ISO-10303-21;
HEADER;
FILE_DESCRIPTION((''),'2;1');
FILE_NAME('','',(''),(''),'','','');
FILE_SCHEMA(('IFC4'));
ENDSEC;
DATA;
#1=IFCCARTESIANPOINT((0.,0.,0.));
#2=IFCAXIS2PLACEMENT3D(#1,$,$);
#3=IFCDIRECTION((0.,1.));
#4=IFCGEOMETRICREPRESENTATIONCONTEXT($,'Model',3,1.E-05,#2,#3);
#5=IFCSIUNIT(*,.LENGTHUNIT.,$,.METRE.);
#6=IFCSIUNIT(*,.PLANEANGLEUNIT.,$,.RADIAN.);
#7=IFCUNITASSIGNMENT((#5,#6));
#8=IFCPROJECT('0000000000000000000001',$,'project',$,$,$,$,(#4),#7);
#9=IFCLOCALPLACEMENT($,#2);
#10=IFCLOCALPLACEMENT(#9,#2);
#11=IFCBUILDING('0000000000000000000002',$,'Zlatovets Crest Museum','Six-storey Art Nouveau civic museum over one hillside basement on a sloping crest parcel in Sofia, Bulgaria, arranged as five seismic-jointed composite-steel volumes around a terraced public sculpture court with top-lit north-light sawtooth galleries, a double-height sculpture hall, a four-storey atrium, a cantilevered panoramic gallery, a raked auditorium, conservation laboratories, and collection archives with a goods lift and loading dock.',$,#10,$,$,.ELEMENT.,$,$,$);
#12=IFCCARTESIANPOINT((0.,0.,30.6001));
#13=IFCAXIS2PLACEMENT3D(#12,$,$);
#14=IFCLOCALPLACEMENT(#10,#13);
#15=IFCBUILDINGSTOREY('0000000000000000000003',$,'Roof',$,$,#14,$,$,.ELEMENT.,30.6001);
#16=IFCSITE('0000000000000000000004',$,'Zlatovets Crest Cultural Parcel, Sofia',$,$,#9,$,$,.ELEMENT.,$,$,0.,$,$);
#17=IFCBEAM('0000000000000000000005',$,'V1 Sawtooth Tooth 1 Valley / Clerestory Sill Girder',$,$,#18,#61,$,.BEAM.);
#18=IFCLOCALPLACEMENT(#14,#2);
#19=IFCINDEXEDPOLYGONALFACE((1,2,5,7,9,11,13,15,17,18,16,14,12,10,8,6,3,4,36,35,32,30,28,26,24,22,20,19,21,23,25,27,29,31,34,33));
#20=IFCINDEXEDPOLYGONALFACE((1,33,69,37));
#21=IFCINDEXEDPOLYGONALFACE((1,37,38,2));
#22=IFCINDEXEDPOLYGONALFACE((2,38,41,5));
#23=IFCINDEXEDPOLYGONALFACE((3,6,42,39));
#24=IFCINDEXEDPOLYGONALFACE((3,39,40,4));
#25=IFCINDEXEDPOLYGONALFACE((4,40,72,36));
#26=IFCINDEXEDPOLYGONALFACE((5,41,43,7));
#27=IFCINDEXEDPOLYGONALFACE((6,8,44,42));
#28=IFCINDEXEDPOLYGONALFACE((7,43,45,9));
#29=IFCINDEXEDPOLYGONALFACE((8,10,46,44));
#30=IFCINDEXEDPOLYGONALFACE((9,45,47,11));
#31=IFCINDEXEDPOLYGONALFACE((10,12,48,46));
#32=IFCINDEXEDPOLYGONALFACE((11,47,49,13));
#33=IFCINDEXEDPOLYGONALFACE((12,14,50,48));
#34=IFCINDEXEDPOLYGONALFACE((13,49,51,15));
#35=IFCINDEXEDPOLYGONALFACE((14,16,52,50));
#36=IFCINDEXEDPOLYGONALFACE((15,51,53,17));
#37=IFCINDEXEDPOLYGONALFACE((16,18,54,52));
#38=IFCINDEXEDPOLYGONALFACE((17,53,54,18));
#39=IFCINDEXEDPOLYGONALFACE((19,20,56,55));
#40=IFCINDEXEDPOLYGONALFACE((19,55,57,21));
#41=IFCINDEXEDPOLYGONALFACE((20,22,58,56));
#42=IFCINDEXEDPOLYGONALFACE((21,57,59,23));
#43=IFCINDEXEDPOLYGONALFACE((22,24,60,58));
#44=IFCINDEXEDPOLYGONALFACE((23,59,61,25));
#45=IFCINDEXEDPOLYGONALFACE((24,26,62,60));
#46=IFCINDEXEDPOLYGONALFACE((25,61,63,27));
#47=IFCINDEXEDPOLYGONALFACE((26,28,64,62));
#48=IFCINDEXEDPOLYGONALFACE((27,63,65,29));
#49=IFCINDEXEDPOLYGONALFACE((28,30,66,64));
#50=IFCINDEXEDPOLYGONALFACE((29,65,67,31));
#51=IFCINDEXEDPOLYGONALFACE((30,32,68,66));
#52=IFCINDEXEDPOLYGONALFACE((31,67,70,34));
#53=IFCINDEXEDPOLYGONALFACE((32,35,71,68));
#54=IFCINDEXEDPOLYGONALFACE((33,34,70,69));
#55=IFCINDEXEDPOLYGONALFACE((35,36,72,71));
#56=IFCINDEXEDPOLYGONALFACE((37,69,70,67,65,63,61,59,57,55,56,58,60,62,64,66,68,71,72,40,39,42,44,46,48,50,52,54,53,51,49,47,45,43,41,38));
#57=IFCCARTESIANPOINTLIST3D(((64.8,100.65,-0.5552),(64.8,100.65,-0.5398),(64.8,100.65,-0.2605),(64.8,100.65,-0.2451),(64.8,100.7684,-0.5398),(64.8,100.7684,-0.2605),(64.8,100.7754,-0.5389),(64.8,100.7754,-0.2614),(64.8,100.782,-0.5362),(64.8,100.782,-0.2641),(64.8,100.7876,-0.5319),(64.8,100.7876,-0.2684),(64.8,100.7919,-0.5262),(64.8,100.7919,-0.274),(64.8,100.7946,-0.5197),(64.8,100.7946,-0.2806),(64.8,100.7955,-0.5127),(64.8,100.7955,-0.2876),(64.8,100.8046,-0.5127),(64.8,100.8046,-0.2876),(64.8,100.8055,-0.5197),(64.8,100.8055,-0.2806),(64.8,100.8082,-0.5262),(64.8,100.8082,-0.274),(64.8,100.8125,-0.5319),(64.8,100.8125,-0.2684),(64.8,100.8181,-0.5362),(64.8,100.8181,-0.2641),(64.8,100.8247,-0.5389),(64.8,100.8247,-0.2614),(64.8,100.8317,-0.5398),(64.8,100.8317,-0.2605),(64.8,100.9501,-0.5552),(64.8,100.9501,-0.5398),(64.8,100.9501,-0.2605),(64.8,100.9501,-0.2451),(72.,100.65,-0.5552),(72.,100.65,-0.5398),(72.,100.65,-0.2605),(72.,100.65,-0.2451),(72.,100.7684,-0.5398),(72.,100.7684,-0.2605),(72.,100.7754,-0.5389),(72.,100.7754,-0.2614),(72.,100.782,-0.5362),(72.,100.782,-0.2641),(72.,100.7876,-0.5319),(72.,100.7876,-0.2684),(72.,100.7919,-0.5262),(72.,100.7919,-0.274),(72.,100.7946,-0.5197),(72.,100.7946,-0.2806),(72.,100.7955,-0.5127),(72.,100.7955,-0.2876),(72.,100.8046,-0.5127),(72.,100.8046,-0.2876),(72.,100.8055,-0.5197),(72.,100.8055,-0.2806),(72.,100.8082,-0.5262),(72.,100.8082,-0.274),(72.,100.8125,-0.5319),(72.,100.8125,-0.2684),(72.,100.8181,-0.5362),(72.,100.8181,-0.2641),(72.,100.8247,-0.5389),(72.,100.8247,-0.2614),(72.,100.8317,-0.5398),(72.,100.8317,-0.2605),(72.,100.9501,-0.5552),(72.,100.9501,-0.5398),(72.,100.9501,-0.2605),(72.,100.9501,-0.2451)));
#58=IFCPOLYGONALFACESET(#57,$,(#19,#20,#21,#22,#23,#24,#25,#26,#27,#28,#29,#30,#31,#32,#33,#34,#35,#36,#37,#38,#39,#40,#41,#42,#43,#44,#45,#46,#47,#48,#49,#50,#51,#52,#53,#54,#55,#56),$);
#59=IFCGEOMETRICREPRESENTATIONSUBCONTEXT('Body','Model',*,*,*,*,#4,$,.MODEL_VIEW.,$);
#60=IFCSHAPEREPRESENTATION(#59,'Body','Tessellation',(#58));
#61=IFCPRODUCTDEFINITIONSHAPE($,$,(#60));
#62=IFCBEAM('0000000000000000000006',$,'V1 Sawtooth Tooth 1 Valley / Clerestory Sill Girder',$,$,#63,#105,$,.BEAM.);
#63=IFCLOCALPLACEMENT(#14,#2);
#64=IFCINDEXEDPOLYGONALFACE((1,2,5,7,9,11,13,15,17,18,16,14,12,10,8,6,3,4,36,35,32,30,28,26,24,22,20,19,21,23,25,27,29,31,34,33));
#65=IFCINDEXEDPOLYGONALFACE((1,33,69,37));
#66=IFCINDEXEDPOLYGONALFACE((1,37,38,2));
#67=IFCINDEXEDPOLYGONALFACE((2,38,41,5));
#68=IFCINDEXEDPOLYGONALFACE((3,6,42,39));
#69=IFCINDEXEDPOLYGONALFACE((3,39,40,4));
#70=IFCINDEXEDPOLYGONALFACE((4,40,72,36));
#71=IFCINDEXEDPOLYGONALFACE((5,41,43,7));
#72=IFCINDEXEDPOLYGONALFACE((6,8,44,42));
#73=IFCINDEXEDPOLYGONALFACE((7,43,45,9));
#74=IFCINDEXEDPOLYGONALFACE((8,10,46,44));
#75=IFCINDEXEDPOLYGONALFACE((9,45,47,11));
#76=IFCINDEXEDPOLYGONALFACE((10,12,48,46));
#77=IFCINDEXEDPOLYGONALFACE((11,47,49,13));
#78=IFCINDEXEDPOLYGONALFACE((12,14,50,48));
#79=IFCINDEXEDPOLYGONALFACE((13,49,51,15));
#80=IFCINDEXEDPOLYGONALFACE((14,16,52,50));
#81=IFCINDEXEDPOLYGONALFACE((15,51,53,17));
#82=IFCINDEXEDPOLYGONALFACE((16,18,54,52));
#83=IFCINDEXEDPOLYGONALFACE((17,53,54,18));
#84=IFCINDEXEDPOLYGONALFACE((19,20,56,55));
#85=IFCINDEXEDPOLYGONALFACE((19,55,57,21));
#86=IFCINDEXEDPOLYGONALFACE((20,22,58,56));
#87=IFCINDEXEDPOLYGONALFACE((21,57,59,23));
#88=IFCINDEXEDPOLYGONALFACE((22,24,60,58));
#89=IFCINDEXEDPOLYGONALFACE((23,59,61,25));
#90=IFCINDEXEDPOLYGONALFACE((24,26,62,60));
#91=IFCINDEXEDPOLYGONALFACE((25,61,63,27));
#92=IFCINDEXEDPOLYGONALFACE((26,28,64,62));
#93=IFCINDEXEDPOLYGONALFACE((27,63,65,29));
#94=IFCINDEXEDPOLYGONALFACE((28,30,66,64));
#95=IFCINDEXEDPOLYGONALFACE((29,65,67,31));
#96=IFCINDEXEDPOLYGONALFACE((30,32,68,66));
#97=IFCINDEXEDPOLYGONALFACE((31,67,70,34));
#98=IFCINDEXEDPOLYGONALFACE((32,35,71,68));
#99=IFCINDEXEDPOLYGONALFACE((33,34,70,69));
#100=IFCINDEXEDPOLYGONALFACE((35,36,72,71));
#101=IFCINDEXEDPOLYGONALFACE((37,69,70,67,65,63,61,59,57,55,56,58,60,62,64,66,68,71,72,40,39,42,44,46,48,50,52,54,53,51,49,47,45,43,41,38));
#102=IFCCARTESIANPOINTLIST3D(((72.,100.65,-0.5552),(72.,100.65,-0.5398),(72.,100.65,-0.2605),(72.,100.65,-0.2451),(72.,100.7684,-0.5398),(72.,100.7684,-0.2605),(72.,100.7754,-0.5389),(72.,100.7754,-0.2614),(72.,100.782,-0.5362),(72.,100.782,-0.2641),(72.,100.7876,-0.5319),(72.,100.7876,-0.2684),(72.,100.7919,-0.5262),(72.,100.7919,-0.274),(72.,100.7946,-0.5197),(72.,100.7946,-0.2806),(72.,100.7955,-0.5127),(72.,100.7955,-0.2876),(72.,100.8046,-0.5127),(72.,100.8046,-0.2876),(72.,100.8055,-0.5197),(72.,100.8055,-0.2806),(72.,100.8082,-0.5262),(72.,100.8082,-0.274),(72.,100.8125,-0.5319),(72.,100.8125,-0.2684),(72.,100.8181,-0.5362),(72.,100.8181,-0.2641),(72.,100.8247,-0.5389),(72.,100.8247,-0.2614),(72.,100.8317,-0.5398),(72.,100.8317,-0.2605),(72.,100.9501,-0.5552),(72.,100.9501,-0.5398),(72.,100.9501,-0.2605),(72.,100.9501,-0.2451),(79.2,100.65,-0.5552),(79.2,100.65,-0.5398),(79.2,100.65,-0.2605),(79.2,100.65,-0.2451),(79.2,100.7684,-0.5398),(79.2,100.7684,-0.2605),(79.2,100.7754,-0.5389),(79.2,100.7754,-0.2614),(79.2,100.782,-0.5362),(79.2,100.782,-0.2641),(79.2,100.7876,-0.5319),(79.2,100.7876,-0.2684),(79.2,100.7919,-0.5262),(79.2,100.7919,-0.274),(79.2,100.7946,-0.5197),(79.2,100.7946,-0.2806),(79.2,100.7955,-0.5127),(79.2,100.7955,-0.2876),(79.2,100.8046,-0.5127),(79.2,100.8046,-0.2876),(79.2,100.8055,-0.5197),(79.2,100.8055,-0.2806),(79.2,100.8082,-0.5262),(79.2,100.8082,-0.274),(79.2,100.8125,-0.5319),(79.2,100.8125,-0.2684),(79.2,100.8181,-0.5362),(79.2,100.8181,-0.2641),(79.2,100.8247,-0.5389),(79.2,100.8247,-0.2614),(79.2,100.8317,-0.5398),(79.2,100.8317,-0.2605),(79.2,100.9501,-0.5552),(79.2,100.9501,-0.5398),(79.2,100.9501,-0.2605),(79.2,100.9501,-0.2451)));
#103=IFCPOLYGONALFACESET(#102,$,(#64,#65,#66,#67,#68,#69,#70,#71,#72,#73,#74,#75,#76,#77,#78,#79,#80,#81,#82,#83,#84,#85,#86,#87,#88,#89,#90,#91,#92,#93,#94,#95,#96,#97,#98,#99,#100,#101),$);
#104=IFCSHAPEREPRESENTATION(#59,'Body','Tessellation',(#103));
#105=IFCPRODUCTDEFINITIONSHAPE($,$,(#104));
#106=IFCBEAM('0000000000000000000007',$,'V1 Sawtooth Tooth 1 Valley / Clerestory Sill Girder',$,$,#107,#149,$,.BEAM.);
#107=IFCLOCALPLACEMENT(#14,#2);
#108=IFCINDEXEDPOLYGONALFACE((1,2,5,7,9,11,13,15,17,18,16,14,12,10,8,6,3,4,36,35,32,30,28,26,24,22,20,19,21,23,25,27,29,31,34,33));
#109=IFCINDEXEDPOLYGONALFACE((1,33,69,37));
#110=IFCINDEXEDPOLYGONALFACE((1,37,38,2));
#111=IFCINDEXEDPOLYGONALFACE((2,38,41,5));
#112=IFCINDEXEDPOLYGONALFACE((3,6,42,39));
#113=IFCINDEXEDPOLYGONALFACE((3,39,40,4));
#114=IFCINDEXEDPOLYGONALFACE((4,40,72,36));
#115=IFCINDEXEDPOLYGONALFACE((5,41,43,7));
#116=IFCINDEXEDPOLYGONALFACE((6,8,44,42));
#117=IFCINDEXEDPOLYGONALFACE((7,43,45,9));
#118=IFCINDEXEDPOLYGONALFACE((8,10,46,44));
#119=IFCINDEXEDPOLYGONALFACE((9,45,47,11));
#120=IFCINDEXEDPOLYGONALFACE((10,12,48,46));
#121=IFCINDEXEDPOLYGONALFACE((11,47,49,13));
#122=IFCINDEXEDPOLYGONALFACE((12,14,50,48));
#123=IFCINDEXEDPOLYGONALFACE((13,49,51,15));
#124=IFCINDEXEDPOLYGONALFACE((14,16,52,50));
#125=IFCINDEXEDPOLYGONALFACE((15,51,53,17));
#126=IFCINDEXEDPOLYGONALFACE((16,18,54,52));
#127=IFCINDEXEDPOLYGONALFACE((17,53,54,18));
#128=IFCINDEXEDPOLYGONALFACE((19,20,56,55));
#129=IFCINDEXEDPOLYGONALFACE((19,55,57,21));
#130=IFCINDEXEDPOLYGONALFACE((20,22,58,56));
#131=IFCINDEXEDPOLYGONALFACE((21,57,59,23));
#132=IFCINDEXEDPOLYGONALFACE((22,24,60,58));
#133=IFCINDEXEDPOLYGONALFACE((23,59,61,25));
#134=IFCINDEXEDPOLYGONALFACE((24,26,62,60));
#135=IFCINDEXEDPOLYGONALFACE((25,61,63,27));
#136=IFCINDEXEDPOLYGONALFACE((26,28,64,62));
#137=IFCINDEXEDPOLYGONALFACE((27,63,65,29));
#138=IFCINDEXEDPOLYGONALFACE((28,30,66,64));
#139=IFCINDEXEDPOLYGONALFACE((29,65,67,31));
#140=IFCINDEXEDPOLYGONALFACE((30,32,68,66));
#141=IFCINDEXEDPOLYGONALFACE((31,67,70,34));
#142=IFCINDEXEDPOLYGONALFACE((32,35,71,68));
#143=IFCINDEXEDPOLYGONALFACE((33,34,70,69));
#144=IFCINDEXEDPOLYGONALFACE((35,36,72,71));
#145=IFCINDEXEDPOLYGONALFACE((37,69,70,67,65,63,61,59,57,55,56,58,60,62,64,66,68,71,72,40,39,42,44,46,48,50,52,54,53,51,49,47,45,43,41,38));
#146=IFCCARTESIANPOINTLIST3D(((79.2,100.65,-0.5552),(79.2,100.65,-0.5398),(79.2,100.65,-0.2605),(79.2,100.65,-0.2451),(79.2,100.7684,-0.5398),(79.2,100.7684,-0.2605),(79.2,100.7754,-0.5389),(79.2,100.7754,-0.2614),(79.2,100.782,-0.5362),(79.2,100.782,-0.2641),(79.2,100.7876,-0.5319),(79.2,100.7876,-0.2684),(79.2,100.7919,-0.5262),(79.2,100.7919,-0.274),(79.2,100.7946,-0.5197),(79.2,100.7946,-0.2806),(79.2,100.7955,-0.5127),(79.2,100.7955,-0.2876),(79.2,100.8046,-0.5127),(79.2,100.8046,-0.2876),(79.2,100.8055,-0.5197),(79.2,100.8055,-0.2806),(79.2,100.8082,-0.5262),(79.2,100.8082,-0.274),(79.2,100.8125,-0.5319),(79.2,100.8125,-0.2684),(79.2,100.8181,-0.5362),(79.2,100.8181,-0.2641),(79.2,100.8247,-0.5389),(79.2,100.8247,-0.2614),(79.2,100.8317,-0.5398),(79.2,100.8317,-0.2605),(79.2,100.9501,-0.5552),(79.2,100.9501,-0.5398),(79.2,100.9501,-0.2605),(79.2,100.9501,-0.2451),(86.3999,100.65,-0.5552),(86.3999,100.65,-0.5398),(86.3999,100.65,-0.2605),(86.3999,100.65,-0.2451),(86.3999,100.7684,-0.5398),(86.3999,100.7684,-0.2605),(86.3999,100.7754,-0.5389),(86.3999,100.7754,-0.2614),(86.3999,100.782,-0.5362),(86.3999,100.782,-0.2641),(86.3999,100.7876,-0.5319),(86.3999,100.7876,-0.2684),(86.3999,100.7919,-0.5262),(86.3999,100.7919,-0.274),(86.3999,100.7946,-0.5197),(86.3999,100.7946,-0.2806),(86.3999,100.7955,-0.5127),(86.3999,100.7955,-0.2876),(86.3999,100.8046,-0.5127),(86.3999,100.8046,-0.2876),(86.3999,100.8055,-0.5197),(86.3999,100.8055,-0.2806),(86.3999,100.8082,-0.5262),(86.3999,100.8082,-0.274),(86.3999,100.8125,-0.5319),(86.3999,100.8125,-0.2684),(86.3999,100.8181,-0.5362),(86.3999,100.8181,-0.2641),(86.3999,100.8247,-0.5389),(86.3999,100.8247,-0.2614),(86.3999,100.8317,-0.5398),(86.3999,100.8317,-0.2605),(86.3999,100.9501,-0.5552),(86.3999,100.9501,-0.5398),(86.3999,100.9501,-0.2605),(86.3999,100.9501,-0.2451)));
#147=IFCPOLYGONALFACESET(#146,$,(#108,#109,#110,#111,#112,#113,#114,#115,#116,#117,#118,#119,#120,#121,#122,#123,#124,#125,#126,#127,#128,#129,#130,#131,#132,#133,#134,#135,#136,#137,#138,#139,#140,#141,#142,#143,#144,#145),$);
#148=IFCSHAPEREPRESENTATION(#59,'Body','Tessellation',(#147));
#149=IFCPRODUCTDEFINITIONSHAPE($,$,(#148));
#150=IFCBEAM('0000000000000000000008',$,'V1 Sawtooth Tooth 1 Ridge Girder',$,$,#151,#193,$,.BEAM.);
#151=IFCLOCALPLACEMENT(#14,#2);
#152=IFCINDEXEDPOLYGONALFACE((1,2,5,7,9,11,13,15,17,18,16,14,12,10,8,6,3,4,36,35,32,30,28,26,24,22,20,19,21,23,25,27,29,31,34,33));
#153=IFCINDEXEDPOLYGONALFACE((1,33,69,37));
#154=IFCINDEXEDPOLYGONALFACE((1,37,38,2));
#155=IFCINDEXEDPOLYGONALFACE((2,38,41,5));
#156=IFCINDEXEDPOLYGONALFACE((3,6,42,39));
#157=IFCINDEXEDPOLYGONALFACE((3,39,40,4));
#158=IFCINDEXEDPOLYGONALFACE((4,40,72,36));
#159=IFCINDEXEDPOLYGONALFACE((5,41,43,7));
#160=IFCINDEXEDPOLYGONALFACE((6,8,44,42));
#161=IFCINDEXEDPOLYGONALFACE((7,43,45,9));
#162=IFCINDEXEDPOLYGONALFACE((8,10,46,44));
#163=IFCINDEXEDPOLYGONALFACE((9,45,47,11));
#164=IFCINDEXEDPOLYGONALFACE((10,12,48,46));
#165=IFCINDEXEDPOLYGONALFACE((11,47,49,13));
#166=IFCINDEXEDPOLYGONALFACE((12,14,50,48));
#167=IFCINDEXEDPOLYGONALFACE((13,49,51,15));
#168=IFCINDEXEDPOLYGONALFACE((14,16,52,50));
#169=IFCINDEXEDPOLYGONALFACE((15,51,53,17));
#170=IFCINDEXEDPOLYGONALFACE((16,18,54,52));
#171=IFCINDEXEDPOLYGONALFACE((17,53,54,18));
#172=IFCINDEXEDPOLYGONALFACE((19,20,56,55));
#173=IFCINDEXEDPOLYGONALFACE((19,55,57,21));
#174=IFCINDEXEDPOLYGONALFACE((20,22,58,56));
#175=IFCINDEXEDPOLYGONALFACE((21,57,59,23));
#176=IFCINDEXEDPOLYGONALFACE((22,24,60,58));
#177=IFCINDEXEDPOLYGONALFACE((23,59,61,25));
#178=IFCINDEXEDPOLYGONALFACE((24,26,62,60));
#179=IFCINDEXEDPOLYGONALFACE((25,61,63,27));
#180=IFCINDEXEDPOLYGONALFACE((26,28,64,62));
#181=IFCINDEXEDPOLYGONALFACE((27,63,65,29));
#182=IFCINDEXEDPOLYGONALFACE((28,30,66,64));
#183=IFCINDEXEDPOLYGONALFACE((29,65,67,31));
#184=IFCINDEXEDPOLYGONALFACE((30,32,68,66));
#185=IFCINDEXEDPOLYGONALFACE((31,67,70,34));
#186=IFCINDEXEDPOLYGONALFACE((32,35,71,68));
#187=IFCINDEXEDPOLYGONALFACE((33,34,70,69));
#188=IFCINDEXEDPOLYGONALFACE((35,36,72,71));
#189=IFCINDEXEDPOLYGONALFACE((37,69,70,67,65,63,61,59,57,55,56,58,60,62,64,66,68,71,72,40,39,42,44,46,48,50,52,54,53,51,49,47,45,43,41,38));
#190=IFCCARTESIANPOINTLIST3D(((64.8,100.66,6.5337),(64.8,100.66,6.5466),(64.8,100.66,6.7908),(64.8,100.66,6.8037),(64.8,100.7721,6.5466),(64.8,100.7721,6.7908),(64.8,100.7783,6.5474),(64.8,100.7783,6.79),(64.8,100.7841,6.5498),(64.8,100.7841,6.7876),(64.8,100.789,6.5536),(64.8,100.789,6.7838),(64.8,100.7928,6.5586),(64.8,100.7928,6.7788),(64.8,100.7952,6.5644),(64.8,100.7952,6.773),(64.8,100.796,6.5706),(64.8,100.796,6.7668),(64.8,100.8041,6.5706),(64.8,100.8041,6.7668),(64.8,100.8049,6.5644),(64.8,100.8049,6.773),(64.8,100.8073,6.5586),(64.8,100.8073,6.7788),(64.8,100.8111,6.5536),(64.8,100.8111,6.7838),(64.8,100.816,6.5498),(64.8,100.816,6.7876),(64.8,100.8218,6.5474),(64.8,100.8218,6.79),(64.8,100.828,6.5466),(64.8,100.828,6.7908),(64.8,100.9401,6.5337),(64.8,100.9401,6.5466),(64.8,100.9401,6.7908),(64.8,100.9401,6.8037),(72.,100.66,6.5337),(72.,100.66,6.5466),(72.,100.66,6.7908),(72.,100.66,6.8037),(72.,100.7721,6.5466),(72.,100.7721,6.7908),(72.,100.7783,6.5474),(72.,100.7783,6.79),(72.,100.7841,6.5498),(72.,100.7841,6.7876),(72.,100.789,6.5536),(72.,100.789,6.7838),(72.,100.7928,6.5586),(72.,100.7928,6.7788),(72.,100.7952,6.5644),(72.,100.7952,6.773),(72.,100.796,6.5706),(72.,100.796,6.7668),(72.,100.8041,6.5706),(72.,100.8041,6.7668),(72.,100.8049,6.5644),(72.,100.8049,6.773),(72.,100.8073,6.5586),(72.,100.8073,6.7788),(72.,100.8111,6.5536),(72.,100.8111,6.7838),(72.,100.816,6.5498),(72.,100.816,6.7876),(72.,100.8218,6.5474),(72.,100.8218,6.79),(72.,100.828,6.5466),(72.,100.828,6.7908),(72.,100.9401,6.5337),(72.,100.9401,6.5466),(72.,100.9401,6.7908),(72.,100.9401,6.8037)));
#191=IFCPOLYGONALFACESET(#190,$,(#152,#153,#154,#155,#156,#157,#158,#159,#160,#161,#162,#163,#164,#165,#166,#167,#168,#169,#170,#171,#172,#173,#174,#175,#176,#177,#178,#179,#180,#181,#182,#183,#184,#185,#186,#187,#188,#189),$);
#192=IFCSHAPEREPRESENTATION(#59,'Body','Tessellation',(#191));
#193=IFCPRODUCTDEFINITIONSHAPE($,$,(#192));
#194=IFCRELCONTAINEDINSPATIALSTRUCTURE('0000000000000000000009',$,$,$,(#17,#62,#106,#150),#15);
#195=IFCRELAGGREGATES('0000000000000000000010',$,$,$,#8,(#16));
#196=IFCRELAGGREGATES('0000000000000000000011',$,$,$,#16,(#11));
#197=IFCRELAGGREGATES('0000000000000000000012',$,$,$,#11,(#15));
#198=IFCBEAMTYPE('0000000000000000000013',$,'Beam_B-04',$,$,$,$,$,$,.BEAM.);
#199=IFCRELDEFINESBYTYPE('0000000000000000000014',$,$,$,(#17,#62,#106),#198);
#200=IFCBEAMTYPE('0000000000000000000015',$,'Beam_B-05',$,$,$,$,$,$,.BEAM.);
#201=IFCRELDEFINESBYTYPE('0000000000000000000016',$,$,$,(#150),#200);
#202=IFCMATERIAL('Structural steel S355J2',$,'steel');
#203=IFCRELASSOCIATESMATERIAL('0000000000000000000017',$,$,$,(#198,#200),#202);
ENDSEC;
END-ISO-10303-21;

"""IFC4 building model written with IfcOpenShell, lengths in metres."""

from ifc_helpers import new_model, si_unit, direction, frame, origin, origin_2d, place, context, subcontext, project, spatial, i_section, extrude, material, material_profile, profile_set, type_object, element, save


model = new_model("IFC4")

# Units and contexts
model_context = context("Model", 3, precision=1e-05, world=origin(), true_north=direction((0.0, 1.0)))
body_context = subcontext(model_context, "Body", "Model", "MODEL_VIEW")
ifc_project = project(units=[si_unit("LENGTHUNIT", "METRE"), si_unit("PLANEANGLEUNIT", "RADIAN")], contexts=[model_context])

# Site, building, storey
site_placement = place(None, origin())
site = spatial("IfcSite", under=ifc_project, at=site_placement, Name="Zlatovets Crest Cultural Parcel, Sofia", CompositionType="ELEMENT", RefElevation=0.0)
building_placement = place(site_placement, origin())
building = spatial("IfcBuilding", under=site, at=building_placement, Name="Zlatovets Crest Museum", Description="Six-storey Art Nouveau civic museum over one hillside basement on a sloping crest parcel in Sofia, Bulgaria, arranged as five seismic-jointed composite-steel volumes around a terraced public sculpture court with top-lit north-light sawtooth galleries, a double-height sculpture hall, a four-storey atrium, a cantilevered panoramic gallery, a raked auditorium, conservation laboratories, and collection archives with a goods lift and loading dock.", CompositionType="ELEMENT")
storey_placement = place(building_placement, frame((0.0, 0.0, 30.6001)))
storey = spatial("IfcBuildingStorey", under=building, at=storey_placement, Name="Roof", CompositionType="ELEMENT", Elevation=30.6001)

# Beams
ifc_material_1 = material(Name="Structural steel S355J2", Category="steel")
ifc_material_profile_1 = material_profile(ifc_material_1, i_section(OverallWidth=0.3, OverallDepth=0.3101, WebThickness=0.009, FlangeThickness=0.0154, FilletRadius=0.0271, at=origin_2d()), Name="HEA 320")
ifc_profile_set_1 = profile_set([ifc_material_profile_1], Name="Structural steel S355J2")
beam_type_1 = type_object("IfcBeamType", Name="Beam_B-04", PredefinedType="BEAM", material=ifc_profile_set_1)
for number, where, z_axis, x_axis, name in (
    (1, (64.8, 100.8, -0.4001), (1.0, 0.0, 0.0), (0.0, 1.0, 0.0), "V1 Sawtooth Tooth 1 Valley / Clerestory Sill Girder"),
    (2, (72.0, 100.8, -0.4001), (1.0, 0.0, 0.0), (0.0, 1.0, 0.0), "V1 Sawtooth Tooth 1 Valley / Clerestory Sill Girder"),
    (3, (79.2, 100.8, -0.4001), (1.0, 0.0, 0.0), (0.0, 1.0, 0.0), "V1 Sawtooth Tooth 1 Valley / Clerestory Sill Girder"),
):
    element("IfcBeam", number, at=place(storey_placement, frame(where, z_axis=z_axis, x_axis=x_axis)), inside=storey, type_object=beam_type_1, Name=name, PredefinedType="BEAM", context=body_context, shape_type="SweptSolid", body=[
        extrude(i_section(OverallWidth=0.3, OverallDepth=0.3101, WebThickness=0.009, FlangeThickness=0.0154, FilletRadius=0.0271, at=origin_2d()), origin(), (0.0, 0.0, 1.0), 7.2),
    ])
ifc_material_profile_2 = material_profile(ifc_material_1, i_section(OverallWidth=0.28, OverallDepth=0.27, WebThickness=0.0081, FlangeThickness=0.0129, FilletRadius=0.0239, at=origin_2d()), Name="HEA 280")
ifc_profile_set_2 = profile_set([ifc_material_profile_2], Name="Structural steel S355J2")
beam_type_2 = type_object("IfcBeamType", Name="Beam_B-05", PredefinedType="BEAM", material=ifc_profile_set_2)
for number, where, z_axis, x_axis, name in (
    (4, (64.8, 100.8, 6.6687), (1.0, 0.0, 0.0), (0.0, 1.0, 0.0), "V1 Sawtooth Tooth 1 Ridge Girder"),
):
    element("IfcBeam", number, at=place(storey_placement, frame(where, z_axis=z_axis, x_axis=x_axis)), inside=storey, type_object=beam_type_2, Name=name, PredefinedType="BEAM", context=body_context, shape_type="SweptSolid", body=[
        extrude(i_section(OverallWidth=0.28, OverallDepth=0.27, WebThickness=0.0081, FlangeThickness=0.0129, FilletRadius=0.0239, at=origin_2d()), origin(), (0.0, 0.0, 1.0), 7.2),
    ])

save(model, "model.ifc")
